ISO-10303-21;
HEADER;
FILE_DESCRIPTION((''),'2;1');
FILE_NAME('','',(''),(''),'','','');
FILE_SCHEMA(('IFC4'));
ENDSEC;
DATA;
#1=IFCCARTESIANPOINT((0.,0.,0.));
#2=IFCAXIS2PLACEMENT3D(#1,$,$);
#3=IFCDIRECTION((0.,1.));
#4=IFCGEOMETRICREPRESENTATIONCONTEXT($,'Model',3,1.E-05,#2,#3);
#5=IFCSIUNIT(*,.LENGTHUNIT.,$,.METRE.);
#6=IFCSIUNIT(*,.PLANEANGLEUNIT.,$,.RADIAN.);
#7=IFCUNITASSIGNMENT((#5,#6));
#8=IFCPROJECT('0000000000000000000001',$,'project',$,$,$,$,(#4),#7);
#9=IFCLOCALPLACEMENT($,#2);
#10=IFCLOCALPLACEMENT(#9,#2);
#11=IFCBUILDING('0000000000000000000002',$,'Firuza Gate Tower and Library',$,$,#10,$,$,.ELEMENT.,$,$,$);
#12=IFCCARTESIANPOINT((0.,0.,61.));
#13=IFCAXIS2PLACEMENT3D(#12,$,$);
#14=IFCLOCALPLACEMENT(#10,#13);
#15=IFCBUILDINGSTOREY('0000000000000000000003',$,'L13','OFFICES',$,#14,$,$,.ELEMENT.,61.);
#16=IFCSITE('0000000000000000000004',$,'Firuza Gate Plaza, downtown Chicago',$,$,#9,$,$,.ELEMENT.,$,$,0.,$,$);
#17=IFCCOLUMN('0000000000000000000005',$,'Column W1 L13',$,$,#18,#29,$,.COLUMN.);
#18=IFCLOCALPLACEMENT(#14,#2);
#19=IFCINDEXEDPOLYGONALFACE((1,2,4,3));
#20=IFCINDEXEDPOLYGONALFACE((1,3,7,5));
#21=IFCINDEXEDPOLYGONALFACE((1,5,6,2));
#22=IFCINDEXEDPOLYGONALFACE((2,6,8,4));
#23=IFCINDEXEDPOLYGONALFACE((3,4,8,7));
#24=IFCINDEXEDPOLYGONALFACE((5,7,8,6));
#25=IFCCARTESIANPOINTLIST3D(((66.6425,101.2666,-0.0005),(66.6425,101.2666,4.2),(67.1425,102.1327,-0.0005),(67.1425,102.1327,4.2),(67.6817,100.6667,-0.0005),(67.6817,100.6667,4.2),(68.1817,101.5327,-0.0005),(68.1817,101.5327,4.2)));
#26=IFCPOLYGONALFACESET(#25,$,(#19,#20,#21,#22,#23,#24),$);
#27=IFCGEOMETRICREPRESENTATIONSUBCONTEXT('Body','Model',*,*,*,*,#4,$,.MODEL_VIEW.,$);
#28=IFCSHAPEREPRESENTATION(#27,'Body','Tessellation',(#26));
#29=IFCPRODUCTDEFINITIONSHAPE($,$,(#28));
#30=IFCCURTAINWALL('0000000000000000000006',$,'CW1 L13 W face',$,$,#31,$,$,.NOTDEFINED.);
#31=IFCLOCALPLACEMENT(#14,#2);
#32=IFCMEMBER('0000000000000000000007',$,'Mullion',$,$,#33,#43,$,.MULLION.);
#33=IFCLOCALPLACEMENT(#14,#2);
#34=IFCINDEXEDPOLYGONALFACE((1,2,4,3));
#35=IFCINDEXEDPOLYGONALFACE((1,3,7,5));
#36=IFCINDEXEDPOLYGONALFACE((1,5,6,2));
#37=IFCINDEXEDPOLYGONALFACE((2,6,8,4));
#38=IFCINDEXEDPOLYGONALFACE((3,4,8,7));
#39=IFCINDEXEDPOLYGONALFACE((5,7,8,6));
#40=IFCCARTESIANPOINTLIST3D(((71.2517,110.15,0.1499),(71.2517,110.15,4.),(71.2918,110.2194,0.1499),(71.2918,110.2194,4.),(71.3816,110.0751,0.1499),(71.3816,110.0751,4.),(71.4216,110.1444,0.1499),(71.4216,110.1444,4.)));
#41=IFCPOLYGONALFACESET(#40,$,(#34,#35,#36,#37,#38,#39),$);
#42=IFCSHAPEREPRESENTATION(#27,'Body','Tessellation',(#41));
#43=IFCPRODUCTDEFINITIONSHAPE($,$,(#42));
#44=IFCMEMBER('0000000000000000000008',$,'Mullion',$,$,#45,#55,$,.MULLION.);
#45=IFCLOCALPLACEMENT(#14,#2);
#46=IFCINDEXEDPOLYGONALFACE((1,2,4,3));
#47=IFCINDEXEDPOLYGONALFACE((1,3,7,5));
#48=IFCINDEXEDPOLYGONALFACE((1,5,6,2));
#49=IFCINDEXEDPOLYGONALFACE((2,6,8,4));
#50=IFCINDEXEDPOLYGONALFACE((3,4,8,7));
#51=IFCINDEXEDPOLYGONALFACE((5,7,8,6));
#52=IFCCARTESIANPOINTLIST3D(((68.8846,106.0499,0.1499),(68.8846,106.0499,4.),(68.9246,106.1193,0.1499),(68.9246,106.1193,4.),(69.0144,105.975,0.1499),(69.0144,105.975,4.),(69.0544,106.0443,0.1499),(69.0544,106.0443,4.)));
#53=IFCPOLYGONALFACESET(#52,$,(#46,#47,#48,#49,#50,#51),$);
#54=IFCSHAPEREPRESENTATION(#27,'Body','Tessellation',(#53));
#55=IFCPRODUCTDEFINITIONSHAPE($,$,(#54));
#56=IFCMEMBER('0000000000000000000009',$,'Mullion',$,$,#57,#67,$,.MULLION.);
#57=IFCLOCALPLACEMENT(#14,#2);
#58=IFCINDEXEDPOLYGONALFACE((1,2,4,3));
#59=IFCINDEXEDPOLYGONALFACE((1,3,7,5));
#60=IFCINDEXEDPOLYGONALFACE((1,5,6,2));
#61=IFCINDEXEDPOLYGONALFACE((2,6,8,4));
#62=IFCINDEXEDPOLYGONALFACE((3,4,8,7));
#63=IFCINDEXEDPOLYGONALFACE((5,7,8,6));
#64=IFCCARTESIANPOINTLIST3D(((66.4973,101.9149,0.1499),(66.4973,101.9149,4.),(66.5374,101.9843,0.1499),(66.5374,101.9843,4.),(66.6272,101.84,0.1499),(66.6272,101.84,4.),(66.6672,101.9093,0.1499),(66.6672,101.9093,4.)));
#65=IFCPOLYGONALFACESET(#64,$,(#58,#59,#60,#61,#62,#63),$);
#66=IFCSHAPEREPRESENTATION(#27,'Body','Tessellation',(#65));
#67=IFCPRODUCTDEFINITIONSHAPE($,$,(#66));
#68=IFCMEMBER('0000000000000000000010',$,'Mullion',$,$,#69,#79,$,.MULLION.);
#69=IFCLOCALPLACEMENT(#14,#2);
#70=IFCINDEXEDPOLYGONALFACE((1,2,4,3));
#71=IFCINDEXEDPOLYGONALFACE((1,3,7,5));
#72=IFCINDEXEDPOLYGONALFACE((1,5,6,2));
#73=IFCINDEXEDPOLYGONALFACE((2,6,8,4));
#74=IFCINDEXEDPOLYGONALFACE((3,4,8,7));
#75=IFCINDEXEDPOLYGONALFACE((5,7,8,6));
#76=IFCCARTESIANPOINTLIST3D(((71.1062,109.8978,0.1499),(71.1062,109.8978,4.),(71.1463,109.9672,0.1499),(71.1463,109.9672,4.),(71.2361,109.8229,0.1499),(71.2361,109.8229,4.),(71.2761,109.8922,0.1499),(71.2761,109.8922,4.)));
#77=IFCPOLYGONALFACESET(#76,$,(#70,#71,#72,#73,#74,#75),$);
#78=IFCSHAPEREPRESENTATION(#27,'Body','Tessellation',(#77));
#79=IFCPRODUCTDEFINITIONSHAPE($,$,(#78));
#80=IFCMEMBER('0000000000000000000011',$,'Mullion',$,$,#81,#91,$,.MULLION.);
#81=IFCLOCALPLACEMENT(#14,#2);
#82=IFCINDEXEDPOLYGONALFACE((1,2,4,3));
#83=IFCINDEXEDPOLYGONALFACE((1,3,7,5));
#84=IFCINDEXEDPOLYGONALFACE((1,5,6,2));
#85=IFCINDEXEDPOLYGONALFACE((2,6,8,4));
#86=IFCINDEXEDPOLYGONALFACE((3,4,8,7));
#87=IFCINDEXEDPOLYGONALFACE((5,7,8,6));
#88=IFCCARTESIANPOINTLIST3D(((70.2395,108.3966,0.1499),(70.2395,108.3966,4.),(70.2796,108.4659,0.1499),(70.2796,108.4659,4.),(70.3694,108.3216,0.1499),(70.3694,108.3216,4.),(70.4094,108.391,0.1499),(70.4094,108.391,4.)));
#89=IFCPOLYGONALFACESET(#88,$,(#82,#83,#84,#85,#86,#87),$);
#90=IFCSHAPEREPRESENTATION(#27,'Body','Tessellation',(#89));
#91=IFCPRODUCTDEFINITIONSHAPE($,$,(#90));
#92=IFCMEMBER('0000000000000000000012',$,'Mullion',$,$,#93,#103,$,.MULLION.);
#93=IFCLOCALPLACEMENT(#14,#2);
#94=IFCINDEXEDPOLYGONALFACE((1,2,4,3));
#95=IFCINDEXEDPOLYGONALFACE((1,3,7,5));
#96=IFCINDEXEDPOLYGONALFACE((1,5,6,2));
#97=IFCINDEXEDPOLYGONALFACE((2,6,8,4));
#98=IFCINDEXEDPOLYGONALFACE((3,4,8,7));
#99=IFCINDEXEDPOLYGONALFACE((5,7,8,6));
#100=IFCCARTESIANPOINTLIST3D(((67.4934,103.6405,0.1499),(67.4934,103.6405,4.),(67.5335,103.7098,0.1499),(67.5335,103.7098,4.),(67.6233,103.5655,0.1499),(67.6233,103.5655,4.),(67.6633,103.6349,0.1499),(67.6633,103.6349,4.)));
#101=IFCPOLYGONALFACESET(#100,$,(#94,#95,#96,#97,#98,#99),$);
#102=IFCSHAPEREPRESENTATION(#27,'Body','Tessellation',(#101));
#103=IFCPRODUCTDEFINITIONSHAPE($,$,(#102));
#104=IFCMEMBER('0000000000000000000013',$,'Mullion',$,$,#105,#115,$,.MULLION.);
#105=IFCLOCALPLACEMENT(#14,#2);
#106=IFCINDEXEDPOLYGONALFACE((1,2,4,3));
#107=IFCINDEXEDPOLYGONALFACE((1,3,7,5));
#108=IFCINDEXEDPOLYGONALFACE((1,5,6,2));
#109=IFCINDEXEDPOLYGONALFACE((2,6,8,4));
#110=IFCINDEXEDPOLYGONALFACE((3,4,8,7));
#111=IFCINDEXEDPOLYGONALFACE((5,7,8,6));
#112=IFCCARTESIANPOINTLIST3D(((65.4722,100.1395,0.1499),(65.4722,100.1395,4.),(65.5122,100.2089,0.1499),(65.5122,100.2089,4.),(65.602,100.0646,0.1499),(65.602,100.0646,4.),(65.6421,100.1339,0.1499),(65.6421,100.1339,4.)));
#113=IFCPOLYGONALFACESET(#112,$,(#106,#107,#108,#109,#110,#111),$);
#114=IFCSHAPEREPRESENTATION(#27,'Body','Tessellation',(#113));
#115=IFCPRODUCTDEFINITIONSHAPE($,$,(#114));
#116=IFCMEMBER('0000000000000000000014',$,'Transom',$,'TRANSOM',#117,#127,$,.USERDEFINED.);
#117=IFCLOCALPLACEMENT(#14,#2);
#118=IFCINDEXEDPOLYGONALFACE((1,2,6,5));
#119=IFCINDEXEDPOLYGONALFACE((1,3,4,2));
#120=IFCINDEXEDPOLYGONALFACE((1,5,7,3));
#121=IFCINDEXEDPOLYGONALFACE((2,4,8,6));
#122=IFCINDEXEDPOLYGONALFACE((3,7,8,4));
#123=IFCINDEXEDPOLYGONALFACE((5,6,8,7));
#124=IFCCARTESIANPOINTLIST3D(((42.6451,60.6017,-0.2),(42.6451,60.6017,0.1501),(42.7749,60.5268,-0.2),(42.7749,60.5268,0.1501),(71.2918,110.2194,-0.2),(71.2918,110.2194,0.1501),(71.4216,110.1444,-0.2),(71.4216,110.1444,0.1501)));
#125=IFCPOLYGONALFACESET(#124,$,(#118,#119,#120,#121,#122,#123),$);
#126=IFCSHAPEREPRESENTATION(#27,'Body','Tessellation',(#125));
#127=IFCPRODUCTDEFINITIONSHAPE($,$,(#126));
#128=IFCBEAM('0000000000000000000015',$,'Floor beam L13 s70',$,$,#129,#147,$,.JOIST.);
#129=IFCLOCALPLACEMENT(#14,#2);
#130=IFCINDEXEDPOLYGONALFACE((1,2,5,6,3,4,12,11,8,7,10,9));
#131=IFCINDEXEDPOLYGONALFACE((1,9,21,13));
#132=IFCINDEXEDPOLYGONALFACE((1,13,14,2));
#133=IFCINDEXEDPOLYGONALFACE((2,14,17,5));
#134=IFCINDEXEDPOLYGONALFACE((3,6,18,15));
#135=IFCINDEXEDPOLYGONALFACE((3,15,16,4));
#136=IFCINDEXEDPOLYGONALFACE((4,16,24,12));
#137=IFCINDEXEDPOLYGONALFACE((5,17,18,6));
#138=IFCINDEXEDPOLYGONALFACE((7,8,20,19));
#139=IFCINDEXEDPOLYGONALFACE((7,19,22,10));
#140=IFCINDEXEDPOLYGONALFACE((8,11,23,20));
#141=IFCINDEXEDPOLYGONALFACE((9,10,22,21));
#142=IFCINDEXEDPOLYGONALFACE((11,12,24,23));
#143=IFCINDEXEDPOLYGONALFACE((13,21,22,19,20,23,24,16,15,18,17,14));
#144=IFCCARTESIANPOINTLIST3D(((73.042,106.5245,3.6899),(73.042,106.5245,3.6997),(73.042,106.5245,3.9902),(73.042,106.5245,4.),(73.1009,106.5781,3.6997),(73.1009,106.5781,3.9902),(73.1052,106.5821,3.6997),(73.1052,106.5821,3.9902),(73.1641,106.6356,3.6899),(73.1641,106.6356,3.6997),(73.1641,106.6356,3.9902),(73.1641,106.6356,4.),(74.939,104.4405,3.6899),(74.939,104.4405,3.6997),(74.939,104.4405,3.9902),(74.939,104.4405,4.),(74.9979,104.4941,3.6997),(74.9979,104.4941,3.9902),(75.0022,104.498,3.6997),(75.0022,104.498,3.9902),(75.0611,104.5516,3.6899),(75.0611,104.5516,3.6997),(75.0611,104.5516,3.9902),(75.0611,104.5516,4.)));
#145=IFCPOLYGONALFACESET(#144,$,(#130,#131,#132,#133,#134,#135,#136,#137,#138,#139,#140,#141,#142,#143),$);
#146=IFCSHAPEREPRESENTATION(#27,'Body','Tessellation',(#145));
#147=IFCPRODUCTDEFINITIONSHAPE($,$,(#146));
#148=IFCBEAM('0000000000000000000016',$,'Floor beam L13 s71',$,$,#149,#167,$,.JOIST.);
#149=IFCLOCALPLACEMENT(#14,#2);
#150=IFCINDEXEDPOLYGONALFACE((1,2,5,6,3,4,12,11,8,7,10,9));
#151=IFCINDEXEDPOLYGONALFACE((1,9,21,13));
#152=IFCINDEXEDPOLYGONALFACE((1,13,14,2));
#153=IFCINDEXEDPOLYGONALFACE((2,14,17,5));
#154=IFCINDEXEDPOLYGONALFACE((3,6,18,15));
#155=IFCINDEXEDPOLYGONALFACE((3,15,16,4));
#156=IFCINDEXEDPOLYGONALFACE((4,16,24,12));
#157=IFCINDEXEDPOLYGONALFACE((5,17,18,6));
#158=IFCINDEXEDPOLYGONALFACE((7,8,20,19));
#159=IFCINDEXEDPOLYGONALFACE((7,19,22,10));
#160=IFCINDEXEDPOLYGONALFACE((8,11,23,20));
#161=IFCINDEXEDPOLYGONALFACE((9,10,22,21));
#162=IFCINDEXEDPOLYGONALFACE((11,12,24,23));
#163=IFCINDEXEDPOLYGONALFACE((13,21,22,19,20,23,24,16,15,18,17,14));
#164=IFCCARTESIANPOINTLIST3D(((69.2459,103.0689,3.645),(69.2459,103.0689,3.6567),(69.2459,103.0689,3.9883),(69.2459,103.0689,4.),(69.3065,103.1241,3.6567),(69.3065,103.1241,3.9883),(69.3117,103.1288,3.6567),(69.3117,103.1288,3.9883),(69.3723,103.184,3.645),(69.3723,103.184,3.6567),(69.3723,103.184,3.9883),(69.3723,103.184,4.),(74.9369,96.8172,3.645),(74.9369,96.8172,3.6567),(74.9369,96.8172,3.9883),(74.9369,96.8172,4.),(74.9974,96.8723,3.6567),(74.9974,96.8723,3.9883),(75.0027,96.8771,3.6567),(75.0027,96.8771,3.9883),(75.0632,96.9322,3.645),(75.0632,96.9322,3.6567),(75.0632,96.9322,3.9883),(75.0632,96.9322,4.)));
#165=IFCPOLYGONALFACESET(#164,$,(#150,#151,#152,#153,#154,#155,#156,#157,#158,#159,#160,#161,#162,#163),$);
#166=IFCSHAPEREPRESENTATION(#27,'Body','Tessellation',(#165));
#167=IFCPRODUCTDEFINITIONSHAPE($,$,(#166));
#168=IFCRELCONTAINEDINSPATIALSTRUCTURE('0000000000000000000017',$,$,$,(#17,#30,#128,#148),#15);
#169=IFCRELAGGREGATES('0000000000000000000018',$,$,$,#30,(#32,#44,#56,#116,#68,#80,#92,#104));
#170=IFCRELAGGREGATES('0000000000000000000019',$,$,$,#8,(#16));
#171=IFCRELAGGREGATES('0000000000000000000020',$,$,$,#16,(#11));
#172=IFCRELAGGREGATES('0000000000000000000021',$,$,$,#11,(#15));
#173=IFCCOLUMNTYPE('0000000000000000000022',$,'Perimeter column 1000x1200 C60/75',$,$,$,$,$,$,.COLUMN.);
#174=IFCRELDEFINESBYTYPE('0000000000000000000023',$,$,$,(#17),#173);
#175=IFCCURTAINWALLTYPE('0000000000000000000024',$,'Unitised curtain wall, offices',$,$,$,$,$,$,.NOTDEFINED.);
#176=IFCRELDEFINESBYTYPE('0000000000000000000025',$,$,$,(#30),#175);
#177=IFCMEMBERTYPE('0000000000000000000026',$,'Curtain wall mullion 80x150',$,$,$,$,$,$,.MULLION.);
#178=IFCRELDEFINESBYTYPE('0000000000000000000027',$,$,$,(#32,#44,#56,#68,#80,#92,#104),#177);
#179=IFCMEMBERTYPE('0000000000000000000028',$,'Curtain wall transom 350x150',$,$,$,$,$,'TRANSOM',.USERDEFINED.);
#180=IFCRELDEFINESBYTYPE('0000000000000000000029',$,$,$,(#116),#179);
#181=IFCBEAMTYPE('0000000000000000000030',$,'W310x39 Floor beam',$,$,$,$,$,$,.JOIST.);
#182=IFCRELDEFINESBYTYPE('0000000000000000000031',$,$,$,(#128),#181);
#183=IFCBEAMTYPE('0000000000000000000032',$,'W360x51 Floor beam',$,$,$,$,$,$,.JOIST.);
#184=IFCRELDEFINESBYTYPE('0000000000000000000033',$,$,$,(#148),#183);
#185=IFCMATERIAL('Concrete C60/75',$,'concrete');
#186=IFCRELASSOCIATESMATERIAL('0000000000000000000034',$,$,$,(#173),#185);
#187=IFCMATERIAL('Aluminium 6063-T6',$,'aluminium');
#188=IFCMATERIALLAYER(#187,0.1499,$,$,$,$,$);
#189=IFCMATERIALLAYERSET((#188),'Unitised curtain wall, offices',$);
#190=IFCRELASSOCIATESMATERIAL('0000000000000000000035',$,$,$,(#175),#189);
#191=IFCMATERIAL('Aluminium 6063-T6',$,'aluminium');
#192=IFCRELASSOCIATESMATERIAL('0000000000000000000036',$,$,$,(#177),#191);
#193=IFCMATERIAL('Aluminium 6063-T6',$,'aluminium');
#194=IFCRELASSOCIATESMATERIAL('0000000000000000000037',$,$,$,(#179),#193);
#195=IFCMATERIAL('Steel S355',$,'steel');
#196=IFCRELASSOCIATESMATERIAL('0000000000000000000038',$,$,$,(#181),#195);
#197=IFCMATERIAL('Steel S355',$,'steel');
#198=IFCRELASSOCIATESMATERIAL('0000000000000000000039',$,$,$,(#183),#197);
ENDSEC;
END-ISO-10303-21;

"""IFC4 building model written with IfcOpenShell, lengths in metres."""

from ifc_helpers import new_model, si_unit, direction, frame, origin, origin_2d, place, context, subcontext, project, spatial, rectangle, i_section, extrude, material, layer, layer_set, material_profile, profile_set, type_object, element, aggregate, save


model = new_model("IFC4")

# Units and contexts
model_context = context("Model", 3, precision=1e-05, world=origin(), true_north=direction((0.0, 1.0)))
body_context = subcontext(model_context, "Body", "Model", "MODEL_VIEW")
ifc_project = project(units=[si_unit("LENGTHUNIT", "METRE"), si_unit("PLANEANGLEUNIT", "RADIAN")], contexts=[model_context])

# Site, building, storey
site_placement = place(None, origin())
site = spatial("IfcSite", under=ifc_project, at=site_placement, Name="Firuza Gate Plaza, downtown Chicago", CompositionType="ELEMENT", RefElevation=0.0)
building_placement = place(site_placement, origin())
building = spatial("IfcBuilding", under=site, at=building_placement, Name="Firuza Gate Tower and Library", CompositionType="ELEMENT")
storey_placement = place(building_placement, frame((0.0, 0.0, 61.0)))
storey = spatial("IfcBuildingStorey", under=building, at=storey_placement, Name="L13", Description="OFFICES", CompositionType="ELEMENT", Elevation=61.0)

# Column
ifc_material_1 = material(Name="Concrete C60/75", Category="concrete")
ifc_material_profile_1 = material_profile(ifc_material_1, rectangle(XDim=1.0, YDim=1.2, at=origin_2d()))
ifc_profile_set_1 = profile_set([ifc_material_profile_1], Name="Concrete C60/75")
column_type = type_object("IfcColumnType", Name="Perimeter column 1000x1200 C60/75", PredefinedType="COLUMN", material=ifc_profile_set_1)
column_placement = place(storey_placement, frame((67.4121, 101.3997, -0.0005), z_axis=(0.0, 0.0, 1.0), x_axis=(-0.5, -0.866025, 0.0)))
element("IfcColumn", 1, at=column_placement, inside=storey, type_object=column_type, Name="Column W1 L13", PredefinedType="COLUMN", context=body_context, shape_type="SweptSolid", body=[
    extrude(rectangle(XDim=1.0, YDim=1.2, at=origin_2d()), origin(), (0.0, 0.0, 1.0), 4.2004),
])

# Curtain wall, members
ifc_material_2 = material(Name="Aluminium 6063-T6", Category="aluminium")
ifc_layer_1 = layer(ifc_material_2, 0.1499)
ifc_layer_set_1 = layer_set([ifc_layer_1], Name="Unitised curtain wall, offices")
curtain_wall_type = type_object("IfcCurtainWallType", Name="Unitised curtain wall, offices", PredefinedType="NOTDEFINED", material=ifc_layer_set_1)
curtain_wall_placement = place(storey_placement, origin())
curtain_wall = element("IfcCurtainWall", 2, at=curtain_wall_placement, inside=storey, type_object=curtain_wall_type, Name="CW1 L13 W face", PredefinedType="NOTDEFINED")
ifc_material_3 = material(Name="Aluminium 6063-T6", Category="aluminium")
ifc_material_profile_2 = material_profile(ifc_material_3, rectangle(XDim=0.1499, YDim=0.0801, at=origin_2d()))
ifc_profile_set_2 = profile_set([ifc_material_profile_2], Name="Aluminium 6063-T6")
member_type_1 = type_object("IfcMemberType", Name="Curtain wall mullion 80x150", PredefinedType="MULLION", material=ifc_profile_set_2)
member_1_placement = place(storey_placement, frame((71.3367, 110.1472, 0.1499), z_axis=(0.0, 0.0, 1.0), x_axis=(0.866025, -0.5, 0.0)))
member_1 = element("IfcMember", 3, at=member_1_placement, type_object=member_type_1, Name="Mullion", PredefinedType="MULLION", context=body_context, shape_type="SweptSolid", body=[
    extrude(rectangle(XDim=0.1499, YDim=0.0801, at=origin_2d()), origin(), (0.0, 0.0, 1.0), 3.8501),
])
member_2_placement = place(storey_placement, frame((68.9695, 106.0471, 0.1499), z_axis=(0.0, 0.0, 1.0), x_axis=(0.866025, -0.5, 0.0)))
member_2 = element("IfcMember", 4, at=member_2_placement, type_object=member_type_1, Name="Mullion", PredefinedType="MULLION", context=body_context, shape_type="SweptSolid", body=[
    extrude(rectangle(XDim=0.1499, YDim=0.0801, at=origin_2d()), origin(), (0.0, 0.0, 1.0), 3.8501),
])
member_3_placement = place(storey_placement, frame((66.5823, 101.9121, 0.1499), z_axis=(0.0, 0.0, 1.0), x_axis=(0.866025, -0.5, 0.0)))
member_3 = element("IfcMember", 5, at=member_3_placement, type_object=member_type_1, Name="Mullion", PredefinedType="MULLION", context=body_context, shape_type="SweptSolid", body=[
    extrude(rectangle(XDim=0.1499, YDim=0.0801, at=origin_2d()), origin(), (0.0, 0.0, 1.0), 3.8501),
])
member_4_placement = place(storey_placement, frame((71.1912, 109.895, 0.1499), z_axis=(0.0, 0.0, 1.0), x_axis=(0.866025, -0.5, 0.0)))
member_4 = element("IfcMember", 6, at=member_4_placement, type_object=member_type_1, Name="Mullion", PredefinedType="MULLION", context=body_context, shape_type="SweptSolid", body=[
    extrude(rectangle(XDim=0.1499, YDim=0.0801, at=origin_2d()), origin(), (0.0, 0.0, 1.0), 3.8501),
])
member_5_placement = place(storey_placement, frame((70.3245, 108.3938, 0.1499), z_axis=(0.0, 0.0, 1.0), x_axis=(0.866025, -0.5, 0.0)))
member_5 = element("IfcMember", 7, at=member_5_placement, type_object=member_type_1, Name="Mullion", PredefinedType="MULLION", context=body_context, shape_type="SweptSolid", body=[
    extrude(rectangle(XDim=0.1499, YDim=0.0801, at=origin_2d()), origin(), (0.0, 0.0, 1.0), 3.8501),
])
member_6_placement = place(storey_placement, frame((67.5784, 103.6377, 0.1499), z_axis=(0.0, 0.0, 1.0), x_axis=(0.866025, -0.5, 0.0)))
member_6 = element("IfcMember", 8, at=member_6_placement, type_object=member_type_1, Name="Mullion", PredefinedType="MULLION", context=body_context, shape_type="SweptSolid", body=[
    extrude(rectangle(XDim=0.1499, YDim=0.0801, at=origin_2d()), origin(), (0.0, 0.0, 1.0), 3.8501),
])
member_7_placement = place(storey_placement, frame((65.5571, 100.1367, 0.1499), z_axis=(0.0, 0.0, 1.0), x_axis=(0.866025, -0.5, 0.0)))
member_7 = element("IfcMember", 9, at=member_7_placement, type_object=member_type_1, Name="Mullion", PredefinedType="MULLION", context=body_context, shape_type="SweptSolid", body=[
    extrude(rectangle(XDim=0.1499, YDim=0.0801, at=origin_2d()), origin(), (0.0, 0.0, 1.0), 3.8501),
])
ifc_material_4 = material(Name="Aluminium 6063-T6", Category="aluminium")
ifc_material_profile_3 = material_profile(ifc_material_4, rectangle(XDim=0.1499, YDim=0.3501, at=origin_2d()))
ifc_profile_set_3 = profile_set([ifc_material_profile_3], Name="Aluminium 6063-T6")
member_type_2 = type_object("IfcMemberType", Name="Curtain wall transom 350x150", ElementType="TRANSOM", PredefinedType="USERDEFINED", material=ifc_profile_set_3)
member_8_placement = place(storey_placement, frame((71.3567, 110.1819, -0.0249), z_axis=(-0.499999, -0.866026, 0.0), x_axis=(0.866026, -0.499999, 0.0)))
member_8 = element("IfcMember", 10, at=member_8_placement, type_object=member_type_2, Name="Transom", ObjectType="TRANSOM", PredefinedType="USERDEFINED", context=body_context, shape_type="SweptSolid", body=[
    extrude(rectangle(XDim=0.1499, YDim=0.3501, at=origin_2d()), origin(), (0.0, 0.0, 1.0), 57.2935),
])

# Beams
ifc_material_5 = material(Name="Steel S355", Category="steel")
ifc_material_profile_4 = material_profile(ifc_material_5, i_section(OverallWidth=0.165, OverallDepth=0.3101, WebThickness=0.0059, FlangeThickness=0.0098, at=origin_2d()))
ifc_profile_set_4 = profile_set([ifc_material_profile_4], Name="Steel S355")
beam_type_1 = type_object("IfcBeamType", Name="W310x39 Floor beam", PredefinedType="JOIST", material=ifc_profile_set_4)
beam_1_placement = place(storey_placement, frame((73.103, 106.5801, 3.845), z_axis=(0.673147, -0.739509, 0.0), x_axis=(0.739509, 0.673147, 0.0)))
element("IfcBeam", 11, at=beam_1_placement, inside=storey, type_object=beam_type_1, Name="Floor beam L13 s70", PredefinedType="JOIST", context=body_context, shape_type="SweptSolid", body=[
    extrude(i_section(OverallWidth=0.165, OverallDepth=0.3101, WebThickness=0.0059, FlangeThickness=0.0098, at=origin_2d()), origin(), (0.0, 0.0, 1.0), 2.8181),
])
ifc_material_6 = material(Name="Steel S355", Category="steel")
ifc_material_profile_5 = material_profile(ifc_material_6, i_section(OverallWidth=0.1709, OverallDepth=0.355, WebThickness=0.0071, FlangeThickness=0.0117, at=origin_2d()))
ifc_profile_set_5 = profile_set([ifc_material_profile_5], Name="Steel S355")
beam_type_2 = type_object("IfcBeamType", Name="W360x51 Floor beam", PredefinedType="JOIST", material=ifc_profile_set_5)
beam_2_placement = place(storey_placement, frame((69.3091, 103.1265, 3.8225), z_axis=(0.673161, -0.739496, 0.0), x_axis=(0.739496, 0.673161, 0.0)))
element("IfcBeam", 12, at=beam_2_placement, inside=storey, type_object=beam_type_2, Name="Floor beam L13 s71", PredefinedType="JOIST", context=body_context, shape_type="SweptSolid", body=[
    extrude(i_section(OverallWidth=0.1709, OverallDepth=0.355, WebThickness=0.0071, FlangeThickness=0.0117, at=origin_2d()), origin(), (0.0, 0.0, 1.0), 8.4541),
])

aggregate(curtain_wall, [member_1, member_2, member_3, member_8, member_4, member_5, member_6, member_7])

save(model, "model.ifc")
